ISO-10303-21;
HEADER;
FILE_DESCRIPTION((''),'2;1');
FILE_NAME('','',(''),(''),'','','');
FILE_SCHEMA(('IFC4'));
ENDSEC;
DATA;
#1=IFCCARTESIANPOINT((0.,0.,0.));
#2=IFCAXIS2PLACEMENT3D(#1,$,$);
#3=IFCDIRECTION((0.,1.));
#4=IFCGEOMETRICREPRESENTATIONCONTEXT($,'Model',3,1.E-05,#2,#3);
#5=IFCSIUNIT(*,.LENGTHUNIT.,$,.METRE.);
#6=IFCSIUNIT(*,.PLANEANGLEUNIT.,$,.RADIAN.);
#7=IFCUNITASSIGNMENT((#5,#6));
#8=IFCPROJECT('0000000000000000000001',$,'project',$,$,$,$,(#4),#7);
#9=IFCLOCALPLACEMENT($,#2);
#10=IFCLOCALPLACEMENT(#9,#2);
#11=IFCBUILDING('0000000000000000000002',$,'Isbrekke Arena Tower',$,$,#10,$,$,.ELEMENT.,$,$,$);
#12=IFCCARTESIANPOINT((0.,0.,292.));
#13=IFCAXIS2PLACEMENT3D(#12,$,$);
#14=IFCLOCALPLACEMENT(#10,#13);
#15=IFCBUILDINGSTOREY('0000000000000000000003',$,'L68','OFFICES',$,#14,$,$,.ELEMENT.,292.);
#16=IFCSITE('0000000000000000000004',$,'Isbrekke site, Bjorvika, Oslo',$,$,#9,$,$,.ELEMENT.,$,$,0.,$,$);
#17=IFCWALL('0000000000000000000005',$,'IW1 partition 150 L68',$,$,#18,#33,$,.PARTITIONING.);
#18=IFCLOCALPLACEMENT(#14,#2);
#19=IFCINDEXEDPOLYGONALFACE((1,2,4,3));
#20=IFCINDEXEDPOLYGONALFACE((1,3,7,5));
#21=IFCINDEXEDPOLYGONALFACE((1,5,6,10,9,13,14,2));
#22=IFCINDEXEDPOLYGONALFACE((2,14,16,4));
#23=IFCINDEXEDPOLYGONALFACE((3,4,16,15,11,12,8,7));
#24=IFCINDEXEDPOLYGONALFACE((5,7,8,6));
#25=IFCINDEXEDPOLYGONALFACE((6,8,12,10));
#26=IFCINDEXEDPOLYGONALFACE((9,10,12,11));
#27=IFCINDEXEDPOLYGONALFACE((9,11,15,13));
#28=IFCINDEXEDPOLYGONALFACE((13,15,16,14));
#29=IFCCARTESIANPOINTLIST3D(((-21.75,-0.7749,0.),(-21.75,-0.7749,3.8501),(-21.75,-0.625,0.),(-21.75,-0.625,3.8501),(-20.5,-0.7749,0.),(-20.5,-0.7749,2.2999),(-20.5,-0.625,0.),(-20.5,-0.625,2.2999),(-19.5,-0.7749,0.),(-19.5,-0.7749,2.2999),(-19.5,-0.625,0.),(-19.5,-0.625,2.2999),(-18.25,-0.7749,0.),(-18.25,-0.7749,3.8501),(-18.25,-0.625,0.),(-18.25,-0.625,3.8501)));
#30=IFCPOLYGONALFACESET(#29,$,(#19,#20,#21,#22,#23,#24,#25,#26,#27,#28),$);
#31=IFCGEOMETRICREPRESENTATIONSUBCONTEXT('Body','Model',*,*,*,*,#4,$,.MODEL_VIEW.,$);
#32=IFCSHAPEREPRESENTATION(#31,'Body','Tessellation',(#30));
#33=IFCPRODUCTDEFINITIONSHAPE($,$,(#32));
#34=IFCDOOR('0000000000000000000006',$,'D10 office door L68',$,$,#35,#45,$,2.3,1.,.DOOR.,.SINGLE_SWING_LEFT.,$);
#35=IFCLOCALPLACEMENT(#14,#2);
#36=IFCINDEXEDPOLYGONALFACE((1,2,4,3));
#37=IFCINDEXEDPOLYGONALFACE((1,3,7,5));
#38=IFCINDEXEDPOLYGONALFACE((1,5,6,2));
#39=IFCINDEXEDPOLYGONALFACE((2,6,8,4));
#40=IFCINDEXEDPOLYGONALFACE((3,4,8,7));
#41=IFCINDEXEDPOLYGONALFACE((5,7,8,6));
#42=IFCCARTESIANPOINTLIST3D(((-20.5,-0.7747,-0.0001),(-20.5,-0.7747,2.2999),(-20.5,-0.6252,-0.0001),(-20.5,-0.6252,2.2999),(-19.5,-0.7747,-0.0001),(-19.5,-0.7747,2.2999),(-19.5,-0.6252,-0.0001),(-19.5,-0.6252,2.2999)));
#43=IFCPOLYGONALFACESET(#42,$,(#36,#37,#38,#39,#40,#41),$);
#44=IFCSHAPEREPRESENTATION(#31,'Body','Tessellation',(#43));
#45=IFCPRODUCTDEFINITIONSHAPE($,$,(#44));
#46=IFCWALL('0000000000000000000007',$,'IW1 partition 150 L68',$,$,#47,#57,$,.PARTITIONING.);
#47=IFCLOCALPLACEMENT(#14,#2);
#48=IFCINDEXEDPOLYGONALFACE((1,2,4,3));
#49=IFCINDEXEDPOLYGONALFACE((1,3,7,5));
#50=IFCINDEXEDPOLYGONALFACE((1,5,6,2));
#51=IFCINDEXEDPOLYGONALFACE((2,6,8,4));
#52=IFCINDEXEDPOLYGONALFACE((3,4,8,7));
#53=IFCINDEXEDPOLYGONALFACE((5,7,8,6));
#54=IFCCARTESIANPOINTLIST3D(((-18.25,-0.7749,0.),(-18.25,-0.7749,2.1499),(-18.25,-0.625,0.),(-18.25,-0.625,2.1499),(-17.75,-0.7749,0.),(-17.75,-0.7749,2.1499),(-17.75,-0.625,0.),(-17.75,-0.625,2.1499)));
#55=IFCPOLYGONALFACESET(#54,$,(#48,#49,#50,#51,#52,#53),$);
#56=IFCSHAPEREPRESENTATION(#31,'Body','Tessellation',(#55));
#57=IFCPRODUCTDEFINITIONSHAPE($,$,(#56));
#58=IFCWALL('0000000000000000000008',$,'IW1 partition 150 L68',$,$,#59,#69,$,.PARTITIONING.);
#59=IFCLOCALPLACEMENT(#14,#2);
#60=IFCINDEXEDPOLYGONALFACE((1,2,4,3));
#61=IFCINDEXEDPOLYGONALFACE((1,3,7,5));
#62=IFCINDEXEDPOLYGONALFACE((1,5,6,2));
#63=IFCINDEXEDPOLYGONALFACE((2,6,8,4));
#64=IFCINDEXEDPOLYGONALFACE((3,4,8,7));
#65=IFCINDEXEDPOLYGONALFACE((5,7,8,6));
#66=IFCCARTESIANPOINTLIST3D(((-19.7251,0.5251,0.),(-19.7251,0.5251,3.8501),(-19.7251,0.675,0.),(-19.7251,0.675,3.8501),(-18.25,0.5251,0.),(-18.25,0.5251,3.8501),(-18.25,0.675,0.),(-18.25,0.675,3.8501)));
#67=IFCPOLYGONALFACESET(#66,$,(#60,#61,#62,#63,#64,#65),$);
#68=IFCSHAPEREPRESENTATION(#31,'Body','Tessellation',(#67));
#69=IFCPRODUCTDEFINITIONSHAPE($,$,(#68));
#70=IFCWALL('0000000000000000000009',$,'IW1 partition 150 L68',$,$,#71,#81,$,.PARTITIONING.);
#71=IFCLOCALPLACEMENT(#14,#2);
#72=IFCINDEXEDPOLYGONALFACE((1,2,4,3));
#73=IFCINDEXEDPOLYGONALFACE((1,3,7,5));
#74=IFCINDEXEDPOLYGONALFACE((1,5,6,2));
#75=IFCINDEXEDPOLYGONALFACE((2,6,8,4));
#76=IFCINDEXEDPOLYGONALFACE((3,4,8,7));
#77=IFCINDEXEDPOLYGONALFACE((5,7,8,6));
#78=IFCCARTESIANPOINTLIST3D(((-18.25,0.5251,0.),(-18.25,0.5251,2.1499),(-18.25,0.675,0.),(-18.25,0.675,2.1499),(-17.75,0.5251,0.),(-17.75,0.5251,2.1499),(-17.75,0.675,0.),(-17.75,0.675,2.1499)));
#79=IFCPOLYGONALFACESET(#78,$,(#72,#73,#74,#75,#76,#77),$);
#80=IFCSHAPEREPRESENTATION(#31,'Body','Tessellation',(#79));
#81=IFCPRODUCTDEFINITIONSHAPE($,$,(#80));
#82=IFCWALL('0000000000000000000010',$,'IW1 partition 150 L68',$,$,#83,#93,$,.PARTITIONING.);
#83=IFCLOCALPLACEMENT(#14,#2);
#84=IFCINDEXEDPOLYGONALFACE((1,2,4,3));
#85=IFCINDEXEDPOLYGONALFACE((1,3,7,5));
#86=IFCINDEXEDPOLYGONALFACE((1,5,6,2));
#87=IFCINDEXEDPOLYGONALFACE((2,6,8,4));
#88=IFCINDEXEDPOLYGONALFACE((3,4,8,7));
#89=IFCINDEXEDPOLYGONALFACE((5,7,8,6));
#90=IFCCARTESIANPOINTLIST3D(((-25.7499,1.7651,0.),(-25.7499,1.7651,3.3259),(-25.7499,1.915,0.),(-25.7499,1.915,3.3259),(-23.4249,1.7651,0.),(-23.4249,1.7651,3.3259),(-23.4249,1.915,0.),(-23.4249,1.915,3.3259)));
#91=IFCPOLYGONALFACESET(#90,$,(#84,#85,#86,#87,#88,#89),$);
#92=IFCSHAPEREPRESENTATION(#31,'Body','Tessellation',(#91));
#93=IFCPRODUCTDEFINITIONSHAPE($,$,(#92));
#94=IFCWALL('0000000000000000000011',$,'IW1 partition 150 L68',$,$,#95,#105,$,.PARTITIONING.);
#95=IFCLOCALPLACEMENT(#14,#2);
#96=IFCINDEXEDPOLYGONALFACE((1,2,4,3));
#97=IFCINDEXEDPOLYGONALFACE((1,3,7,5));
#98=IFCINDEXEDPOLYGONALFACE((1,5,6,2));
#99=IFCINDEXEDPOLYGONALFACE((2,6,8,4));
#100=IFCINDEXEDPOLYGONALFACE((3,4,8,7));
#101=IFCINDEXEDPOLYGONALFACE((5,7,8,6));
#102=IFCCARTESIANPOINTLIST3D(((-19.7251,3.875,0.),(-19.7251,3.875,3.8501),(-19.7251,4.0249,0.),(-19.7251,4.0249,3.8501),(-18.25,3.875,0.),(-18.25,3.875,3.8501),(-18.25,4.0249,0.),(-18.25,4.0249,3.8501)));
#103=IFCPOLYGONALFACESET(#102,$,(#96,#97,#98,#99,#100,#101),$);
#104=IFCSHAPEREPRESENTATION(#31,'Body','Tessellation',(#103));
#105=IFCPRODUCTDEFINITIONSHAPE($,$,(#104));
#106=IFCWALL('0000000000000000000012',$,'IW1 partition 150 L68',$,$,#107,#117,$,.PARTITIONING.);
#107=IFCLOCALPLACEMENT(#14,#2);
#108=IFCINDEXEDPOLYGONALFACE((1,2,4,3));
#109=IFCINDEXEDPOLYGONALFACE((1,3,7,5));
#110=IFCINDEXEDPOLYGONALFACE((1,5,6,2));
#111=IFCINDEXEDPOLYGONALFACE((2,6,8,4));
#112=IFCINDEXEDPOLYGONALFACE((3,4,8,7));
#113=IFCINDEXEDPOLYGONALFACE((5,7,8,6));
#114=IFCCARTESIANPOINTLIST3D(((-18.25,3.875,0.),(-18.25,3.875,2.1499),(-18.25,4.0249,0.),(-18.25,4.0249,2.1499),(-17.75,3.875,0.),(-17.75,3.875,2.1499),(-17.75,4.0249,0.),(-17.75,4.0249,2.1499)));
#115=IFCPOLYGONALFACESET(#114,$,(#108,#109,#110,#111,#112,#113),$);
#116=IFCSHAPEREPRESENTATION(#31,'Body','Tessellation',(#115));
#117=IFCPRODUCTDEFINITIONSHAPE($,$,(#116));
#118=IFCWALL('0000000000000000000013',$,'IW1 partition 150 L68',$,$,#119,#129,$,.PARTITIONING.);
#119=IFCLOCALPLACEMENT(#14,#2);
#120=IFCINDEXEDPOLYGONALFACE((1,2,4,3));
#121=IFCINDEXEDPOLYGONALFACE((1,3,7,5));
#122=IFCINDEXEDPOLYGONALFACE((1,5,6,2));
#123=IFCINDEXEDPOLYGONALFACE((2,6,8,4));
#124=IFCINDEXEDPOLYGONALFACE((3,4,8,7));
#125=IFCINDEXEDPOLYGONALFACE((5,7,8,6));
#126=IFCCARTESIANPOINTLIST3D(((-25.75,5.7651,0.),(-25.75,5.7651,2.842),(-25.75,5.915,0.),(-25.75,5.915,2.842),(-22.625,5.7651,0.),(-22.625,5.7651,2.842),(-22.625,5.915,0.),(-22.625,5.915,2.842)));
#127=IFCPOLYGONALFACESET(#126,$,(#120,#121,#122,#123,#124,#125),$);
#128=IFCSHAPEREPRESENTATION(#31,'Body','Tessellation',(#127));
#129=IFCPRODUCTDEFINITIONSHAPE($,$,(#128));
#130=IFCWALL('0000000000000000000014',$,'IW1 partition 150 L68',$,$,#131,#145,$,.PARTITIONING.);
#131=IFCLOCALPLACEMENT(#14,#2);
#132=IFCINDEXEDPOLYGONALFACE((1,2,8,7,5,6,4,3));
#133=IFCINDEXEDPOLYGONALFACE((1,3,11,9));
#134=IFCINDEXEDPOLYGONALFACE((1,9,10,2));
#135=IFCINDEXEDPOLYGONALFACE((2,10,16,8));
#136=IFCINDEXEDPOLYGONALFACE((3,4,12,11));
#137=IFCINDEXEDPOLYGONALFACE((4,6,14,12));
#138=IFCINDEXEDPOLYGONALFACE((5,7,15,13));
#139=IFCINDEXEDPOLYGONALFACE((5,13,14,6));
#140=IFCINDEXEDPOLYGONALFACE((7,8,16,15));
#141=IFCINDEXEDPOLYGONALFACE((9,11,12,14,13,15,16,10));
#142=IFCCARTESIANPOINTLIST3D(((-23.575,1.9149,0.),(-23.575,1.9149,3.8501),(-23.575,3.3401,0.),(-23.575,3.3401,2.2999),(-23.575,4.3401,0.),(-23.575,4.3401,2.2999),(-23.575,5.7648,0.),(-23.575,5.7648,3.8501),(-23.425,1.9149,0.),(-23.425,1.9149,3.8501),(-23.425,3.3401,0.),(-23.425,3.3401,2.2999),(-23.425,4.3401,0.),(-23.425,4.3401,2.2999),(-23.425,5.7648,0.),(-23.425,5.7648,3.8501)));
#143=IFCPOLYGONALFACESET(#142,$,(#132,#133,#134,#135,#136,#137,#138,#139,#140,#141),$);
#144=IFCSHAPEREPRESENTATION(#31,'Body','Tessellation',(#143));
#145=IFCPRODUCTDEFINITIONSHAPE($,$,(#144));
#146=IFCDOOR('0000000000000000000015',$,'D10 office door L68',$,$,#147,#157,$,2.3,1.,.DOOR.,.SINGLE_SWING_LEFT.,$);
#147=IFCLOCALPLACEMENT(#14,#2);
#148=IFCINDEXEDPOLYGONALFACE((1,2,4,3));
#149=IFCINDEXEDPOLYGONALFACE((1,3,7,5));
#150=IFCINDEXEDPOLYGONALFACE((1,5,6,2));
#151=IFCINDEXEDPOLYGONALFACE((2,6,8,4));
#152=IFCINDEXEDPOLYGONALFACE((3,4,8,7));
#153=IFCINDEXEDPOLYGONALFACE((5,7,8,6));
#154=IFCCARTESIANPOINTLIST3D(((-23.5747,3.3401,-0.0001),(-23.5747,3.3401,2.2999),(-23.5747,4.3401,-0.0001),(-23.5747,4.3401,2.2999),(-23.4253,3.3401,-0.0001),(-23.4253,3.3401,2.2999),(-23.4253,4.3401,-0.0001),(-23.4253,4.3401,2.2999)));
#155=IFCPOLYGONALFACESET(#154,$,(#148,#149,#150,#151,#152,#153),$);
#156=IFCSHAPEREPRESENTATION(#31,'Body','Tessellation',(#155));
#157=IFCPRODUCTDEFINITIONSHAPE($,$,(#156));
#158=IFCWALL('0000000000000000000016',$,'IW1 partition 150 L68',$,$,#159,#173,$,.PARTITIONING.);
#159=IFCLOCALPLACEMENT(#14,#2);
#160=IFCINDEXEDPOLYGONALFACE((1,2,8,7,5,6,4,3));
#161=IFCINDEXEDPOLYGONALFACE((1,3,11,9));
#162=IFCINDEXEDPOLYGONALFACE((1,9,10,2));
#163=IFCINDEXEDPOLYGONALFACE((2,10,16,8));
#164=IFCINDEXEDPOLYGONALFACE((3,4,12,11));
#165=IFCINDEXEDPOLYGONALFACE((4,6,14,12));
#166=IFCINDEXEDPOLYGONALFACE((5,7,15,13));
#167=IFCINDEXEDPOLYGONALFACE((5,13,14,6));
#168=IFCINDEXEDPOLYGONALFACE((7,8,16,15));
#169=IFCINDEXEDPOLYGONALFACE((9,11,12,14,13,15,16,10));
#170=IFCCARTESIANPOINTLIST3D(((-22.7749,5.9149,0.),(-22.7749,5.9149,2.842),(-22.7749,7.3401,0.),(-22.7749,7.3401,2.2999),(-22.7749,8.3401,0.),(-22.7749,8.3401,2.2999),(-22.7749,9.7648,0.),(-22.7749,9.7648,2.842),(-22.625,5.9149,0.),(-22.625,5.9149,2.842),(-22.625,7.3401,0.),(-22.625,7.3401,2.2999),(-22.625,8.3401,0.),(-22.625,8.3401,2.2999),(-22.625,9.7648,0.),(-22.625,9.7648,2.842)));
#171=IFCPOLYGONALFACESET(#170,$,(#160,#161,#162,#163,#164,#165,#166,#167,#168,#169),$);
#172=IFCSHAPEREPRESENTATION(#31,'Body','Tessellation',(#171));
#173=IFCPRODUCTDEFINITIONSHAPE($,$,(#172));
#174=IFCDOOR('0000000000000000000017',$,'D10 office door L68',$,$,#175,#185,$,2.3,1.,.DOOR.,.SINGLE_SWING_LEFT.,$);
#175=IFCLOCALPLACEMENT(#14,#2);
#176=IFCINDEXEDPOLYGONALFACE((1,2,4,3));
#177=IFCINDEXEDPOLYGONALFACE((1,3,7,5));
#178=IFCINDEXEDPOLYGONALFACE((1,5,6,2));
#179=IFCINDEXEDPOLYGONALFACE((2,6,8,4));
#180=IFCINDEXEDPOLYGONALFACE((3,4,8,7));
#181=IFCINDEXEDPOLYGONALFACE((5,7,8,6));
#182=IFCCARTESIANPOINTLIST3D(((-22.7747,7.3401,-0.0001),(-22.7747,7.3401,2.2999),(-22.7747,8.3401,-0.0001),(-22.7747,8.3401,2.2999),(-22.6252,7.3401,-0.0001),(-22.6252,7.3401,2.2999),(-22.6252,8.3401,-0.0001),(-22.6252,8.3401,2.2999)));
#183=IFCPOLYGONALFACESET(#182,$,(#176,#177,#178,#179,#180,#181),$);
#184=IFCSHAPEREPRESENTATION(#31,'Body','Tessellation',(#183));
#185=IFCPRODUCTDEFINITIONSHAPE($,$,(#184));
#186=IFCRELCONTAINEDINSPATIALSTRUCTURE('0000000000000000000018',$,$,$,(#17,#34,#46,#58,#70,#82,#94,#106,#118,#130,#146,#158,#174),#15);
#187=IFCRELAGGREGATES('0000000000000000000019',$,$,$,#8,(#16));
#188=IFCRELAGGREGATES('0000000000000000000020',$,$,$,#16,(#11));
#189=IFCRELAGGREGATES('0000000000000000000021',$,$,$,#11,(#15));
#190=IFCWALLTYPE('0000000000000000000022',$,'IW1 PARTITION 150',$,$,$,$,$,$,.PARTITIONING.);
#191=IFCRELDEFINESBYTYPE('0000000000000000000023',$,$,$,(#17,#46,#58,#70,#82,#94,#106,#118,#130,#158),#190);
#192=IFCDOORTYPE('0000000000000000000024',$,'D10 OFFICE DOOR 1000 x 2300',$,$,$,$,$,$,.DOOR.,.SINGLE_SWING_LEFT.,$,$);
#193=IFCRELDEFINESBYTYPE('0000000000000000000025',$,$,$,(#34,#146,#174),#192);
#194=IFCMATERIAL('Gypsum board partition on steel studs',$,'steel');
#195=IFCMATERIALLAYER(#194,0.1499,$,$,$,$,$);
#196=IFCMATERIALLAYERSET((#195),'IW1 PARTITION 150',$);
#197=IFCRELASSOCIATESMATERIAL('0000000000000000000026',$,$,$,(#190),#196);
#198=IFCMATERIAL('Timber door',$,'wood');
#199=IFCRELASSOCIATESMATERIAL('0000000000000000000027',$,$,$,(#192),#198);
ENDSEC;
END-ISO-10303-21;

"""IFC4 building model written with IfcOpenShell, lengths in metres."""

from ifc_helpers import new_model, si_unit, direction, frame, frame_2d, origin, place, context, subcontext, project, spatial, rectangle, extrude, material, layer, layer_set, type_object, element, fill, save


model = new_model("IFC4")

# Units and contexts
model_context = context("Model", 3, precision=1e-05, world=origin(), true_north=direction((0.0, 1.0)))
body_context = subcontext(model_context, "Body", "Model", "MODEL_VIEW")
ifc_project = project(units=[si_unit("LENGTHUNIT", "METRE"), si_unit("PLANEANGLEUNIT", "RADIAN")], contexts=[model_context])

# Site, building, storey
site_placement = place(None, origin())
site = spatial("IfcSite", under=ifc_project, at=site_placement, Name="Isbrekke site, Bjorvika, Oslo", CompositionType="ELEMENT", RefElevation=0.0)
building_placement = place(site_placement, origin())
building = spatial("IfcBuilding", under=site, at=building_placement, Name="Isbrekke Arena Tower", CompositionType="ELEMENT")
storey_placement = place(building_placement, frame((0.0, 0.0, 292.0)))
storey = spatial("IfcBuildingStorey", under=building, at=storey_placement, Name="L68", Description="OFFICES", CompositionType="ELEMENT", Elevation=292.0)

# Shared definitions
ifc_material_1 = material(Name="Gypsum board partition on steel studs", Category="steel")
ifc_layer = layer(ifc_material_1, 0.1499)
ifc_layer_set = layer_set([ifc_layer], Name="IW1 PARTITION 150")
wall_type = type_object("IfcWallType", Name="IW1 PARTITION 150", PredefinedType="PARTITIONING", material=ifc_layer_set)

# Wall, opening, door
wall_1_placement = place(storey_placement, frame((-21.75, -0.7, 0.0), z_axis=(0.0, 0.0, 1.0), x_axis=(1.0, 0.0, 0.0)))
wall_1 = element("IfcWall", 1, at=wall_1_placement, inside=storey, type_object=wall_type, Name="IW1 partition 150 L68", PredefinedType="PARTITIONING", context=body_context, shape_type="SweptSolid", body=[
    extrude(rectangle(XDim=3.5, YDim=0.1499, at=frame_2d((1.75, 0.0))), origin(), (0.0, 0.0, 1.0), 3.8501),
])
opening_1_placement = place(wall_1_placement, frame((1.25, 0.0, 0.0)))
opening_1 = element("IfcOpeningElement", 2, at=opening_1_placement, cuts=wall_1, PredefinedType="OPENING", context=body_context, shape_type="SweptSolid", body=[
    extrude(rectangle(XDim=1.0, YDim=2.3, at=frame_2d((0.5, 1.1499))), frame((0.0, 0.0898, 0.0), z_axis=(0.0, -1.0, 0.0), x_axis=(1.0, 0.0, 0.0)), (0.0, 0.0, 1.0), 0.1797),
])
ifc_material_2 = material(Name="Timber door", Category="wood")
door_type = type_object("IfcDoorType", Name="D10 OFFICE DOOR 1000 x 2300", OperationType="SINGLE_SWING_LEFT", PredefinedType="DOOR", material=ifc_material_2)
door_1_placement = place(opening_1_placement, origin())
door_1 = element("IfcDoor", 3, at=door_1_placement, inside=storey, type_object=door_type, Name="D10 office door L68", OperationType="SINGLE_SWING_LEFT", OverallHeight=2.3, OverallWidth=1.0, PredefinedType="DOOR", context=body_context, shape_type="SweptSolid", body=[
    extrude(rectangle(XDim=1.0, YDim=2.3, at=frame_2d((0.5, 1.1499))), frame((0.0, 0.0747, 0.0), z_axis=(0.0, -1.0, 0.0), x_axis=(1.0, 0.0, 0.0)), (0.0, 0.0, 1.0), 0.1494),
])
fill(opening_1, door_1)

# Walls
wall_2_placement = place(storey_placement, frame((-18.25, -0.7, 0.0), z_axis=(0.0, 0.0, 1.0), x_axis=(1.0, 0.0, 0.0)))
element("IfcWall", 4, at=wall_2_placement, inside=storey, type_object=wall_type, Name="IW1 partition 150 L68", PredefinedType="PARTITIONING", context=body_context, shape_type="SweptSolid", body=[
    extrude(rectangle(XDim=0.5, YDim=0.1499, at=frame_2d((0.25, 0.0))), origin(), (0.0, 0.0, 1.0), 2.1499),
])
wall_3_placement = place(storey_placement, frame((-19.7251, 0.6001, 0.0), z_axis=(0.0, 0.0, 1.0), x_axis=(1.0, 0.0, 0.0)))
element("IfcWall", 5, at=wall_3_placement, inside=storey, type_object=wall_type, Name="IW1 partition 150 L68", PredefinedType="PARTITIONING", context=body_context, shape_type="SweptSolid", body=[
    extrude(rectangle(XDim=1.4751, YDim=0.1499, at=frame_2d((0.7375, 0.0))), origin(), (0.0, 0.0, 1.0), 3.8501),
])
wall_4_placement = place(storey_placement, frame((-18.25, 0.6001, 0.0), z_axis=(0.0, 0.0, 1.0), x_axis=(1.0, 0.0, 0.0)))
element("IfcWall", 6, at=wall_4_placement, inside=storey, type_object=wall_type, Name="IW1 partition 150 L68", PredefinedType="PARTITIONING", context=body_context, shape_type="SweptSolid", body=[
    extrude(rectangle(XDim=0.5, YDim=0.1499, at=frame_2d((0.25, 0.0))), origin(), (0.0, 0.0, 1.0), 2.1499),
])
wall_5_placement = place(storey_placement, frame((-25.75, 1.8401, 0.0), z_axis=(0.0, 0.0, 1.0), x_axis=(1.0, 0.0, 0.0)))
element("IfcWall", 7, at=wall_5_placement, inside=storey, type_object=wall_type, Name="IW1 partition 150 L68", PredefinedType="PARTITIONING", context=body_context, shape_type="SweptSolid", body=[
    extrude(rectangle(XDim=2.325, YDim=0.1499, at=frame_2d((1.1626, 0.0))), origin(), (0.0, 0.0, 1.0), 3.3259),
])
wall_6_placement = place(storey_placement, frame((-19.7251, 3.95, 0.0), z_axis=(0.0, 0.0, 1.0), x_axis=(1.0, 0.0, 0.0)))
element("IfcWall", 8, at=wall_6_placement, inside=storey, type_object=wall_type, Name="IW1 partition 150 L68", PredefinedType="PARTITIONING", context=body_context, shape_type="SweptSolid", body=[
    extrude(rectangle(XDim=1.4751, YDim=0.1499, at=frame_2d((0.7375, 0.0))), origin(), (0.0, 0.0, 1.0), 3.8501),
])
wall_7_placement = place(storey_placement, frame((-18.25, 3.95, 0.0), z_axis=(0.0, 0.0, 1.0), x_axis=(1.0, 0.0, 0.0)))
element("IfcWall", 9, at=wall_7_placement, inside=storey, type_object=wall_type, Name="IW1 partition 150 L68", PredefinedType="PARTITIONING", context=body_context, shape_type="SweptSolid", body=[
    extrude(rectangle(XDim=0.5, YDim=0.1499, at=frame_2d((0.25, 0.0))), origin(), (0.0, 0.0, 1.0), 2.1499),
])
wall_8_placement = place(storey_placement, frame((-25.75, 5.8401, 0.0), z_axis=(0.0, 0.0, 1.0), x_axis=(1.0, 0.0, 0.0)))
element("IfcWall", 10, at=wall_8_placement, inside=storey, type_object=wall_type, Name="IW1 partition 150 L68", PredefinedType="PARTITIONING", context=body_context, shape_type="SweptSolid", body=[
    extrude(rectangle(XDim=3.125, YDim=0.1499, at=frame_2d((1.5625, 0.0))), origin(), (0.0, 0.0, 1.0), 2.842),
])

# Walls, openings, doors
wall_9_placement = place(storey_placement, frame((-23.5, 1.915, 0.0), z_axis=(0.0, 0.0, 1.0), x_axis=(0.0, 1.0, 0.0)))
wall_9 = element("IfcWall", 11, at=wall_9_placement, inside=storey, type_object=wall_type, Name="IW1 partition 150 L68", PredefinedType="PARTITIONING", context=body_context, shape_type="SweptSolid", body=[
    extrude(rectangle(XDim=3.8499, YDim=0.1499, at=frame_2d((1.9248, 0.0))), origin(), (0.0, 0.0, 1.0), 3.8501),
])
opening_2_placement = place(wall_9_placement, frame((1.425, 0.0, 0.0)))
opening_2 = element("IfcOpeningElement", 12, at=opening_2_placement, cuts=wall_9, PredefinedType="OPENING", context=body_context, shape_type="SweptSolid", body=[
    extrude(rectangle(XDim=1.0, YDim=2.3, at=frame_2d((0.5, 1.1499))), frame((0.0, 0.0898, 0.0), z_axis=(0.0, -1.0, 0.0), x_axis=(1.0, 0.0, 0.0)), (0.0, 0.0, 1.0), 0.1797),
])
door_2_placement = place(opening_2_placement, origin())
door_2 = element("IfcDoor", 13, at=door_2_placement, inside=storey, type_object=door_type, Name="D10 office door L68", OperationType="SINGLE_SWING_LEFT", OverallHeight=2.3, OverallWidth=1.0, PredefinedType="DOOR", context=body_context, shape_type="SweptSolid", body=[
    extrude(rectangle(XDim=1.0, YDim=2.3, at=frame_2d((0.5, 1.1499))), frame((0.0, 0.0747, 0.0), z_axis=(0.0, -1.0, 0.0), x_axis=(1.0, 0.0, 0.0)), (0.0, 0.0, 1.0), 0.1494),
])
fill(opening_2, door_2)
wall_10_placement = place(storey_placement, frame((-22.7, 5.915, 0.0), z_axis=(0.0, 0.0, 1.0), x_axis=(0.0, 1.0, 0.0)))
wall_10 = element("IfcWall", 14, at=wall_10_placement, inside=storey, type_object=wall_type, Name="IW1 partition 150 L68", PredefinedType="PARTITIONING", context=body_context, shape_type="SweptSolid", body=[
    extrude(rectangle(XDim=3.8499, YDim=0.1499, at=frame_2d((1.9248, 0.0))), origin(), (0.0, 0.0, 1.0), 2.842),
])
opening_3_placement = place(wall_10_placement, frame((1.425, 0.0, 0.0)))
opening_3 = element("IfcOpeningElement", 15, at=opening_3_placement, cuts=wall_10, PredefinedType="OPENING", context=body_context, shape_type="SweptSolid", body=[
    extrude(rectangle(XDim=1.0, YDim=2.3, at=frame_2d((0.5, 1.1499))), frame((0.0, 0.0898, 0.0), z_axis=(0.0, -1.0, 0.0), x_axis=(1.0, 0.0, 0.0)), (0.0, 0.0, 1.0), 0.1797),
])
door_3_placement = place(opening_3_placement, origin())
door_3 = element("IfcDoor", 16, at=door_3_placement, inside=storey, type_object=door_type, Name="D10 office door L68", OperationType="SINGLE_SWING_LEFT", OverallHeight=2.3, OverallWidth=1.0, PredefinedType="DOOR", context=body_context, shape_type="SweptSolid", body=[
    extrude(rectangle(XDim=1.0, YDim=2.3, at=frame_2d((0.5, 1.1499))), frame((0.0, 0.0747, 0.0), z_axis=(0.0, -1.0, 0.0), x_axis=(1.0, 0.0, 0.0)), (0.0, 0.0, 1.0), 0.1494),
])
fill(opening_3, door_3)

save(model, "model.ifc")
